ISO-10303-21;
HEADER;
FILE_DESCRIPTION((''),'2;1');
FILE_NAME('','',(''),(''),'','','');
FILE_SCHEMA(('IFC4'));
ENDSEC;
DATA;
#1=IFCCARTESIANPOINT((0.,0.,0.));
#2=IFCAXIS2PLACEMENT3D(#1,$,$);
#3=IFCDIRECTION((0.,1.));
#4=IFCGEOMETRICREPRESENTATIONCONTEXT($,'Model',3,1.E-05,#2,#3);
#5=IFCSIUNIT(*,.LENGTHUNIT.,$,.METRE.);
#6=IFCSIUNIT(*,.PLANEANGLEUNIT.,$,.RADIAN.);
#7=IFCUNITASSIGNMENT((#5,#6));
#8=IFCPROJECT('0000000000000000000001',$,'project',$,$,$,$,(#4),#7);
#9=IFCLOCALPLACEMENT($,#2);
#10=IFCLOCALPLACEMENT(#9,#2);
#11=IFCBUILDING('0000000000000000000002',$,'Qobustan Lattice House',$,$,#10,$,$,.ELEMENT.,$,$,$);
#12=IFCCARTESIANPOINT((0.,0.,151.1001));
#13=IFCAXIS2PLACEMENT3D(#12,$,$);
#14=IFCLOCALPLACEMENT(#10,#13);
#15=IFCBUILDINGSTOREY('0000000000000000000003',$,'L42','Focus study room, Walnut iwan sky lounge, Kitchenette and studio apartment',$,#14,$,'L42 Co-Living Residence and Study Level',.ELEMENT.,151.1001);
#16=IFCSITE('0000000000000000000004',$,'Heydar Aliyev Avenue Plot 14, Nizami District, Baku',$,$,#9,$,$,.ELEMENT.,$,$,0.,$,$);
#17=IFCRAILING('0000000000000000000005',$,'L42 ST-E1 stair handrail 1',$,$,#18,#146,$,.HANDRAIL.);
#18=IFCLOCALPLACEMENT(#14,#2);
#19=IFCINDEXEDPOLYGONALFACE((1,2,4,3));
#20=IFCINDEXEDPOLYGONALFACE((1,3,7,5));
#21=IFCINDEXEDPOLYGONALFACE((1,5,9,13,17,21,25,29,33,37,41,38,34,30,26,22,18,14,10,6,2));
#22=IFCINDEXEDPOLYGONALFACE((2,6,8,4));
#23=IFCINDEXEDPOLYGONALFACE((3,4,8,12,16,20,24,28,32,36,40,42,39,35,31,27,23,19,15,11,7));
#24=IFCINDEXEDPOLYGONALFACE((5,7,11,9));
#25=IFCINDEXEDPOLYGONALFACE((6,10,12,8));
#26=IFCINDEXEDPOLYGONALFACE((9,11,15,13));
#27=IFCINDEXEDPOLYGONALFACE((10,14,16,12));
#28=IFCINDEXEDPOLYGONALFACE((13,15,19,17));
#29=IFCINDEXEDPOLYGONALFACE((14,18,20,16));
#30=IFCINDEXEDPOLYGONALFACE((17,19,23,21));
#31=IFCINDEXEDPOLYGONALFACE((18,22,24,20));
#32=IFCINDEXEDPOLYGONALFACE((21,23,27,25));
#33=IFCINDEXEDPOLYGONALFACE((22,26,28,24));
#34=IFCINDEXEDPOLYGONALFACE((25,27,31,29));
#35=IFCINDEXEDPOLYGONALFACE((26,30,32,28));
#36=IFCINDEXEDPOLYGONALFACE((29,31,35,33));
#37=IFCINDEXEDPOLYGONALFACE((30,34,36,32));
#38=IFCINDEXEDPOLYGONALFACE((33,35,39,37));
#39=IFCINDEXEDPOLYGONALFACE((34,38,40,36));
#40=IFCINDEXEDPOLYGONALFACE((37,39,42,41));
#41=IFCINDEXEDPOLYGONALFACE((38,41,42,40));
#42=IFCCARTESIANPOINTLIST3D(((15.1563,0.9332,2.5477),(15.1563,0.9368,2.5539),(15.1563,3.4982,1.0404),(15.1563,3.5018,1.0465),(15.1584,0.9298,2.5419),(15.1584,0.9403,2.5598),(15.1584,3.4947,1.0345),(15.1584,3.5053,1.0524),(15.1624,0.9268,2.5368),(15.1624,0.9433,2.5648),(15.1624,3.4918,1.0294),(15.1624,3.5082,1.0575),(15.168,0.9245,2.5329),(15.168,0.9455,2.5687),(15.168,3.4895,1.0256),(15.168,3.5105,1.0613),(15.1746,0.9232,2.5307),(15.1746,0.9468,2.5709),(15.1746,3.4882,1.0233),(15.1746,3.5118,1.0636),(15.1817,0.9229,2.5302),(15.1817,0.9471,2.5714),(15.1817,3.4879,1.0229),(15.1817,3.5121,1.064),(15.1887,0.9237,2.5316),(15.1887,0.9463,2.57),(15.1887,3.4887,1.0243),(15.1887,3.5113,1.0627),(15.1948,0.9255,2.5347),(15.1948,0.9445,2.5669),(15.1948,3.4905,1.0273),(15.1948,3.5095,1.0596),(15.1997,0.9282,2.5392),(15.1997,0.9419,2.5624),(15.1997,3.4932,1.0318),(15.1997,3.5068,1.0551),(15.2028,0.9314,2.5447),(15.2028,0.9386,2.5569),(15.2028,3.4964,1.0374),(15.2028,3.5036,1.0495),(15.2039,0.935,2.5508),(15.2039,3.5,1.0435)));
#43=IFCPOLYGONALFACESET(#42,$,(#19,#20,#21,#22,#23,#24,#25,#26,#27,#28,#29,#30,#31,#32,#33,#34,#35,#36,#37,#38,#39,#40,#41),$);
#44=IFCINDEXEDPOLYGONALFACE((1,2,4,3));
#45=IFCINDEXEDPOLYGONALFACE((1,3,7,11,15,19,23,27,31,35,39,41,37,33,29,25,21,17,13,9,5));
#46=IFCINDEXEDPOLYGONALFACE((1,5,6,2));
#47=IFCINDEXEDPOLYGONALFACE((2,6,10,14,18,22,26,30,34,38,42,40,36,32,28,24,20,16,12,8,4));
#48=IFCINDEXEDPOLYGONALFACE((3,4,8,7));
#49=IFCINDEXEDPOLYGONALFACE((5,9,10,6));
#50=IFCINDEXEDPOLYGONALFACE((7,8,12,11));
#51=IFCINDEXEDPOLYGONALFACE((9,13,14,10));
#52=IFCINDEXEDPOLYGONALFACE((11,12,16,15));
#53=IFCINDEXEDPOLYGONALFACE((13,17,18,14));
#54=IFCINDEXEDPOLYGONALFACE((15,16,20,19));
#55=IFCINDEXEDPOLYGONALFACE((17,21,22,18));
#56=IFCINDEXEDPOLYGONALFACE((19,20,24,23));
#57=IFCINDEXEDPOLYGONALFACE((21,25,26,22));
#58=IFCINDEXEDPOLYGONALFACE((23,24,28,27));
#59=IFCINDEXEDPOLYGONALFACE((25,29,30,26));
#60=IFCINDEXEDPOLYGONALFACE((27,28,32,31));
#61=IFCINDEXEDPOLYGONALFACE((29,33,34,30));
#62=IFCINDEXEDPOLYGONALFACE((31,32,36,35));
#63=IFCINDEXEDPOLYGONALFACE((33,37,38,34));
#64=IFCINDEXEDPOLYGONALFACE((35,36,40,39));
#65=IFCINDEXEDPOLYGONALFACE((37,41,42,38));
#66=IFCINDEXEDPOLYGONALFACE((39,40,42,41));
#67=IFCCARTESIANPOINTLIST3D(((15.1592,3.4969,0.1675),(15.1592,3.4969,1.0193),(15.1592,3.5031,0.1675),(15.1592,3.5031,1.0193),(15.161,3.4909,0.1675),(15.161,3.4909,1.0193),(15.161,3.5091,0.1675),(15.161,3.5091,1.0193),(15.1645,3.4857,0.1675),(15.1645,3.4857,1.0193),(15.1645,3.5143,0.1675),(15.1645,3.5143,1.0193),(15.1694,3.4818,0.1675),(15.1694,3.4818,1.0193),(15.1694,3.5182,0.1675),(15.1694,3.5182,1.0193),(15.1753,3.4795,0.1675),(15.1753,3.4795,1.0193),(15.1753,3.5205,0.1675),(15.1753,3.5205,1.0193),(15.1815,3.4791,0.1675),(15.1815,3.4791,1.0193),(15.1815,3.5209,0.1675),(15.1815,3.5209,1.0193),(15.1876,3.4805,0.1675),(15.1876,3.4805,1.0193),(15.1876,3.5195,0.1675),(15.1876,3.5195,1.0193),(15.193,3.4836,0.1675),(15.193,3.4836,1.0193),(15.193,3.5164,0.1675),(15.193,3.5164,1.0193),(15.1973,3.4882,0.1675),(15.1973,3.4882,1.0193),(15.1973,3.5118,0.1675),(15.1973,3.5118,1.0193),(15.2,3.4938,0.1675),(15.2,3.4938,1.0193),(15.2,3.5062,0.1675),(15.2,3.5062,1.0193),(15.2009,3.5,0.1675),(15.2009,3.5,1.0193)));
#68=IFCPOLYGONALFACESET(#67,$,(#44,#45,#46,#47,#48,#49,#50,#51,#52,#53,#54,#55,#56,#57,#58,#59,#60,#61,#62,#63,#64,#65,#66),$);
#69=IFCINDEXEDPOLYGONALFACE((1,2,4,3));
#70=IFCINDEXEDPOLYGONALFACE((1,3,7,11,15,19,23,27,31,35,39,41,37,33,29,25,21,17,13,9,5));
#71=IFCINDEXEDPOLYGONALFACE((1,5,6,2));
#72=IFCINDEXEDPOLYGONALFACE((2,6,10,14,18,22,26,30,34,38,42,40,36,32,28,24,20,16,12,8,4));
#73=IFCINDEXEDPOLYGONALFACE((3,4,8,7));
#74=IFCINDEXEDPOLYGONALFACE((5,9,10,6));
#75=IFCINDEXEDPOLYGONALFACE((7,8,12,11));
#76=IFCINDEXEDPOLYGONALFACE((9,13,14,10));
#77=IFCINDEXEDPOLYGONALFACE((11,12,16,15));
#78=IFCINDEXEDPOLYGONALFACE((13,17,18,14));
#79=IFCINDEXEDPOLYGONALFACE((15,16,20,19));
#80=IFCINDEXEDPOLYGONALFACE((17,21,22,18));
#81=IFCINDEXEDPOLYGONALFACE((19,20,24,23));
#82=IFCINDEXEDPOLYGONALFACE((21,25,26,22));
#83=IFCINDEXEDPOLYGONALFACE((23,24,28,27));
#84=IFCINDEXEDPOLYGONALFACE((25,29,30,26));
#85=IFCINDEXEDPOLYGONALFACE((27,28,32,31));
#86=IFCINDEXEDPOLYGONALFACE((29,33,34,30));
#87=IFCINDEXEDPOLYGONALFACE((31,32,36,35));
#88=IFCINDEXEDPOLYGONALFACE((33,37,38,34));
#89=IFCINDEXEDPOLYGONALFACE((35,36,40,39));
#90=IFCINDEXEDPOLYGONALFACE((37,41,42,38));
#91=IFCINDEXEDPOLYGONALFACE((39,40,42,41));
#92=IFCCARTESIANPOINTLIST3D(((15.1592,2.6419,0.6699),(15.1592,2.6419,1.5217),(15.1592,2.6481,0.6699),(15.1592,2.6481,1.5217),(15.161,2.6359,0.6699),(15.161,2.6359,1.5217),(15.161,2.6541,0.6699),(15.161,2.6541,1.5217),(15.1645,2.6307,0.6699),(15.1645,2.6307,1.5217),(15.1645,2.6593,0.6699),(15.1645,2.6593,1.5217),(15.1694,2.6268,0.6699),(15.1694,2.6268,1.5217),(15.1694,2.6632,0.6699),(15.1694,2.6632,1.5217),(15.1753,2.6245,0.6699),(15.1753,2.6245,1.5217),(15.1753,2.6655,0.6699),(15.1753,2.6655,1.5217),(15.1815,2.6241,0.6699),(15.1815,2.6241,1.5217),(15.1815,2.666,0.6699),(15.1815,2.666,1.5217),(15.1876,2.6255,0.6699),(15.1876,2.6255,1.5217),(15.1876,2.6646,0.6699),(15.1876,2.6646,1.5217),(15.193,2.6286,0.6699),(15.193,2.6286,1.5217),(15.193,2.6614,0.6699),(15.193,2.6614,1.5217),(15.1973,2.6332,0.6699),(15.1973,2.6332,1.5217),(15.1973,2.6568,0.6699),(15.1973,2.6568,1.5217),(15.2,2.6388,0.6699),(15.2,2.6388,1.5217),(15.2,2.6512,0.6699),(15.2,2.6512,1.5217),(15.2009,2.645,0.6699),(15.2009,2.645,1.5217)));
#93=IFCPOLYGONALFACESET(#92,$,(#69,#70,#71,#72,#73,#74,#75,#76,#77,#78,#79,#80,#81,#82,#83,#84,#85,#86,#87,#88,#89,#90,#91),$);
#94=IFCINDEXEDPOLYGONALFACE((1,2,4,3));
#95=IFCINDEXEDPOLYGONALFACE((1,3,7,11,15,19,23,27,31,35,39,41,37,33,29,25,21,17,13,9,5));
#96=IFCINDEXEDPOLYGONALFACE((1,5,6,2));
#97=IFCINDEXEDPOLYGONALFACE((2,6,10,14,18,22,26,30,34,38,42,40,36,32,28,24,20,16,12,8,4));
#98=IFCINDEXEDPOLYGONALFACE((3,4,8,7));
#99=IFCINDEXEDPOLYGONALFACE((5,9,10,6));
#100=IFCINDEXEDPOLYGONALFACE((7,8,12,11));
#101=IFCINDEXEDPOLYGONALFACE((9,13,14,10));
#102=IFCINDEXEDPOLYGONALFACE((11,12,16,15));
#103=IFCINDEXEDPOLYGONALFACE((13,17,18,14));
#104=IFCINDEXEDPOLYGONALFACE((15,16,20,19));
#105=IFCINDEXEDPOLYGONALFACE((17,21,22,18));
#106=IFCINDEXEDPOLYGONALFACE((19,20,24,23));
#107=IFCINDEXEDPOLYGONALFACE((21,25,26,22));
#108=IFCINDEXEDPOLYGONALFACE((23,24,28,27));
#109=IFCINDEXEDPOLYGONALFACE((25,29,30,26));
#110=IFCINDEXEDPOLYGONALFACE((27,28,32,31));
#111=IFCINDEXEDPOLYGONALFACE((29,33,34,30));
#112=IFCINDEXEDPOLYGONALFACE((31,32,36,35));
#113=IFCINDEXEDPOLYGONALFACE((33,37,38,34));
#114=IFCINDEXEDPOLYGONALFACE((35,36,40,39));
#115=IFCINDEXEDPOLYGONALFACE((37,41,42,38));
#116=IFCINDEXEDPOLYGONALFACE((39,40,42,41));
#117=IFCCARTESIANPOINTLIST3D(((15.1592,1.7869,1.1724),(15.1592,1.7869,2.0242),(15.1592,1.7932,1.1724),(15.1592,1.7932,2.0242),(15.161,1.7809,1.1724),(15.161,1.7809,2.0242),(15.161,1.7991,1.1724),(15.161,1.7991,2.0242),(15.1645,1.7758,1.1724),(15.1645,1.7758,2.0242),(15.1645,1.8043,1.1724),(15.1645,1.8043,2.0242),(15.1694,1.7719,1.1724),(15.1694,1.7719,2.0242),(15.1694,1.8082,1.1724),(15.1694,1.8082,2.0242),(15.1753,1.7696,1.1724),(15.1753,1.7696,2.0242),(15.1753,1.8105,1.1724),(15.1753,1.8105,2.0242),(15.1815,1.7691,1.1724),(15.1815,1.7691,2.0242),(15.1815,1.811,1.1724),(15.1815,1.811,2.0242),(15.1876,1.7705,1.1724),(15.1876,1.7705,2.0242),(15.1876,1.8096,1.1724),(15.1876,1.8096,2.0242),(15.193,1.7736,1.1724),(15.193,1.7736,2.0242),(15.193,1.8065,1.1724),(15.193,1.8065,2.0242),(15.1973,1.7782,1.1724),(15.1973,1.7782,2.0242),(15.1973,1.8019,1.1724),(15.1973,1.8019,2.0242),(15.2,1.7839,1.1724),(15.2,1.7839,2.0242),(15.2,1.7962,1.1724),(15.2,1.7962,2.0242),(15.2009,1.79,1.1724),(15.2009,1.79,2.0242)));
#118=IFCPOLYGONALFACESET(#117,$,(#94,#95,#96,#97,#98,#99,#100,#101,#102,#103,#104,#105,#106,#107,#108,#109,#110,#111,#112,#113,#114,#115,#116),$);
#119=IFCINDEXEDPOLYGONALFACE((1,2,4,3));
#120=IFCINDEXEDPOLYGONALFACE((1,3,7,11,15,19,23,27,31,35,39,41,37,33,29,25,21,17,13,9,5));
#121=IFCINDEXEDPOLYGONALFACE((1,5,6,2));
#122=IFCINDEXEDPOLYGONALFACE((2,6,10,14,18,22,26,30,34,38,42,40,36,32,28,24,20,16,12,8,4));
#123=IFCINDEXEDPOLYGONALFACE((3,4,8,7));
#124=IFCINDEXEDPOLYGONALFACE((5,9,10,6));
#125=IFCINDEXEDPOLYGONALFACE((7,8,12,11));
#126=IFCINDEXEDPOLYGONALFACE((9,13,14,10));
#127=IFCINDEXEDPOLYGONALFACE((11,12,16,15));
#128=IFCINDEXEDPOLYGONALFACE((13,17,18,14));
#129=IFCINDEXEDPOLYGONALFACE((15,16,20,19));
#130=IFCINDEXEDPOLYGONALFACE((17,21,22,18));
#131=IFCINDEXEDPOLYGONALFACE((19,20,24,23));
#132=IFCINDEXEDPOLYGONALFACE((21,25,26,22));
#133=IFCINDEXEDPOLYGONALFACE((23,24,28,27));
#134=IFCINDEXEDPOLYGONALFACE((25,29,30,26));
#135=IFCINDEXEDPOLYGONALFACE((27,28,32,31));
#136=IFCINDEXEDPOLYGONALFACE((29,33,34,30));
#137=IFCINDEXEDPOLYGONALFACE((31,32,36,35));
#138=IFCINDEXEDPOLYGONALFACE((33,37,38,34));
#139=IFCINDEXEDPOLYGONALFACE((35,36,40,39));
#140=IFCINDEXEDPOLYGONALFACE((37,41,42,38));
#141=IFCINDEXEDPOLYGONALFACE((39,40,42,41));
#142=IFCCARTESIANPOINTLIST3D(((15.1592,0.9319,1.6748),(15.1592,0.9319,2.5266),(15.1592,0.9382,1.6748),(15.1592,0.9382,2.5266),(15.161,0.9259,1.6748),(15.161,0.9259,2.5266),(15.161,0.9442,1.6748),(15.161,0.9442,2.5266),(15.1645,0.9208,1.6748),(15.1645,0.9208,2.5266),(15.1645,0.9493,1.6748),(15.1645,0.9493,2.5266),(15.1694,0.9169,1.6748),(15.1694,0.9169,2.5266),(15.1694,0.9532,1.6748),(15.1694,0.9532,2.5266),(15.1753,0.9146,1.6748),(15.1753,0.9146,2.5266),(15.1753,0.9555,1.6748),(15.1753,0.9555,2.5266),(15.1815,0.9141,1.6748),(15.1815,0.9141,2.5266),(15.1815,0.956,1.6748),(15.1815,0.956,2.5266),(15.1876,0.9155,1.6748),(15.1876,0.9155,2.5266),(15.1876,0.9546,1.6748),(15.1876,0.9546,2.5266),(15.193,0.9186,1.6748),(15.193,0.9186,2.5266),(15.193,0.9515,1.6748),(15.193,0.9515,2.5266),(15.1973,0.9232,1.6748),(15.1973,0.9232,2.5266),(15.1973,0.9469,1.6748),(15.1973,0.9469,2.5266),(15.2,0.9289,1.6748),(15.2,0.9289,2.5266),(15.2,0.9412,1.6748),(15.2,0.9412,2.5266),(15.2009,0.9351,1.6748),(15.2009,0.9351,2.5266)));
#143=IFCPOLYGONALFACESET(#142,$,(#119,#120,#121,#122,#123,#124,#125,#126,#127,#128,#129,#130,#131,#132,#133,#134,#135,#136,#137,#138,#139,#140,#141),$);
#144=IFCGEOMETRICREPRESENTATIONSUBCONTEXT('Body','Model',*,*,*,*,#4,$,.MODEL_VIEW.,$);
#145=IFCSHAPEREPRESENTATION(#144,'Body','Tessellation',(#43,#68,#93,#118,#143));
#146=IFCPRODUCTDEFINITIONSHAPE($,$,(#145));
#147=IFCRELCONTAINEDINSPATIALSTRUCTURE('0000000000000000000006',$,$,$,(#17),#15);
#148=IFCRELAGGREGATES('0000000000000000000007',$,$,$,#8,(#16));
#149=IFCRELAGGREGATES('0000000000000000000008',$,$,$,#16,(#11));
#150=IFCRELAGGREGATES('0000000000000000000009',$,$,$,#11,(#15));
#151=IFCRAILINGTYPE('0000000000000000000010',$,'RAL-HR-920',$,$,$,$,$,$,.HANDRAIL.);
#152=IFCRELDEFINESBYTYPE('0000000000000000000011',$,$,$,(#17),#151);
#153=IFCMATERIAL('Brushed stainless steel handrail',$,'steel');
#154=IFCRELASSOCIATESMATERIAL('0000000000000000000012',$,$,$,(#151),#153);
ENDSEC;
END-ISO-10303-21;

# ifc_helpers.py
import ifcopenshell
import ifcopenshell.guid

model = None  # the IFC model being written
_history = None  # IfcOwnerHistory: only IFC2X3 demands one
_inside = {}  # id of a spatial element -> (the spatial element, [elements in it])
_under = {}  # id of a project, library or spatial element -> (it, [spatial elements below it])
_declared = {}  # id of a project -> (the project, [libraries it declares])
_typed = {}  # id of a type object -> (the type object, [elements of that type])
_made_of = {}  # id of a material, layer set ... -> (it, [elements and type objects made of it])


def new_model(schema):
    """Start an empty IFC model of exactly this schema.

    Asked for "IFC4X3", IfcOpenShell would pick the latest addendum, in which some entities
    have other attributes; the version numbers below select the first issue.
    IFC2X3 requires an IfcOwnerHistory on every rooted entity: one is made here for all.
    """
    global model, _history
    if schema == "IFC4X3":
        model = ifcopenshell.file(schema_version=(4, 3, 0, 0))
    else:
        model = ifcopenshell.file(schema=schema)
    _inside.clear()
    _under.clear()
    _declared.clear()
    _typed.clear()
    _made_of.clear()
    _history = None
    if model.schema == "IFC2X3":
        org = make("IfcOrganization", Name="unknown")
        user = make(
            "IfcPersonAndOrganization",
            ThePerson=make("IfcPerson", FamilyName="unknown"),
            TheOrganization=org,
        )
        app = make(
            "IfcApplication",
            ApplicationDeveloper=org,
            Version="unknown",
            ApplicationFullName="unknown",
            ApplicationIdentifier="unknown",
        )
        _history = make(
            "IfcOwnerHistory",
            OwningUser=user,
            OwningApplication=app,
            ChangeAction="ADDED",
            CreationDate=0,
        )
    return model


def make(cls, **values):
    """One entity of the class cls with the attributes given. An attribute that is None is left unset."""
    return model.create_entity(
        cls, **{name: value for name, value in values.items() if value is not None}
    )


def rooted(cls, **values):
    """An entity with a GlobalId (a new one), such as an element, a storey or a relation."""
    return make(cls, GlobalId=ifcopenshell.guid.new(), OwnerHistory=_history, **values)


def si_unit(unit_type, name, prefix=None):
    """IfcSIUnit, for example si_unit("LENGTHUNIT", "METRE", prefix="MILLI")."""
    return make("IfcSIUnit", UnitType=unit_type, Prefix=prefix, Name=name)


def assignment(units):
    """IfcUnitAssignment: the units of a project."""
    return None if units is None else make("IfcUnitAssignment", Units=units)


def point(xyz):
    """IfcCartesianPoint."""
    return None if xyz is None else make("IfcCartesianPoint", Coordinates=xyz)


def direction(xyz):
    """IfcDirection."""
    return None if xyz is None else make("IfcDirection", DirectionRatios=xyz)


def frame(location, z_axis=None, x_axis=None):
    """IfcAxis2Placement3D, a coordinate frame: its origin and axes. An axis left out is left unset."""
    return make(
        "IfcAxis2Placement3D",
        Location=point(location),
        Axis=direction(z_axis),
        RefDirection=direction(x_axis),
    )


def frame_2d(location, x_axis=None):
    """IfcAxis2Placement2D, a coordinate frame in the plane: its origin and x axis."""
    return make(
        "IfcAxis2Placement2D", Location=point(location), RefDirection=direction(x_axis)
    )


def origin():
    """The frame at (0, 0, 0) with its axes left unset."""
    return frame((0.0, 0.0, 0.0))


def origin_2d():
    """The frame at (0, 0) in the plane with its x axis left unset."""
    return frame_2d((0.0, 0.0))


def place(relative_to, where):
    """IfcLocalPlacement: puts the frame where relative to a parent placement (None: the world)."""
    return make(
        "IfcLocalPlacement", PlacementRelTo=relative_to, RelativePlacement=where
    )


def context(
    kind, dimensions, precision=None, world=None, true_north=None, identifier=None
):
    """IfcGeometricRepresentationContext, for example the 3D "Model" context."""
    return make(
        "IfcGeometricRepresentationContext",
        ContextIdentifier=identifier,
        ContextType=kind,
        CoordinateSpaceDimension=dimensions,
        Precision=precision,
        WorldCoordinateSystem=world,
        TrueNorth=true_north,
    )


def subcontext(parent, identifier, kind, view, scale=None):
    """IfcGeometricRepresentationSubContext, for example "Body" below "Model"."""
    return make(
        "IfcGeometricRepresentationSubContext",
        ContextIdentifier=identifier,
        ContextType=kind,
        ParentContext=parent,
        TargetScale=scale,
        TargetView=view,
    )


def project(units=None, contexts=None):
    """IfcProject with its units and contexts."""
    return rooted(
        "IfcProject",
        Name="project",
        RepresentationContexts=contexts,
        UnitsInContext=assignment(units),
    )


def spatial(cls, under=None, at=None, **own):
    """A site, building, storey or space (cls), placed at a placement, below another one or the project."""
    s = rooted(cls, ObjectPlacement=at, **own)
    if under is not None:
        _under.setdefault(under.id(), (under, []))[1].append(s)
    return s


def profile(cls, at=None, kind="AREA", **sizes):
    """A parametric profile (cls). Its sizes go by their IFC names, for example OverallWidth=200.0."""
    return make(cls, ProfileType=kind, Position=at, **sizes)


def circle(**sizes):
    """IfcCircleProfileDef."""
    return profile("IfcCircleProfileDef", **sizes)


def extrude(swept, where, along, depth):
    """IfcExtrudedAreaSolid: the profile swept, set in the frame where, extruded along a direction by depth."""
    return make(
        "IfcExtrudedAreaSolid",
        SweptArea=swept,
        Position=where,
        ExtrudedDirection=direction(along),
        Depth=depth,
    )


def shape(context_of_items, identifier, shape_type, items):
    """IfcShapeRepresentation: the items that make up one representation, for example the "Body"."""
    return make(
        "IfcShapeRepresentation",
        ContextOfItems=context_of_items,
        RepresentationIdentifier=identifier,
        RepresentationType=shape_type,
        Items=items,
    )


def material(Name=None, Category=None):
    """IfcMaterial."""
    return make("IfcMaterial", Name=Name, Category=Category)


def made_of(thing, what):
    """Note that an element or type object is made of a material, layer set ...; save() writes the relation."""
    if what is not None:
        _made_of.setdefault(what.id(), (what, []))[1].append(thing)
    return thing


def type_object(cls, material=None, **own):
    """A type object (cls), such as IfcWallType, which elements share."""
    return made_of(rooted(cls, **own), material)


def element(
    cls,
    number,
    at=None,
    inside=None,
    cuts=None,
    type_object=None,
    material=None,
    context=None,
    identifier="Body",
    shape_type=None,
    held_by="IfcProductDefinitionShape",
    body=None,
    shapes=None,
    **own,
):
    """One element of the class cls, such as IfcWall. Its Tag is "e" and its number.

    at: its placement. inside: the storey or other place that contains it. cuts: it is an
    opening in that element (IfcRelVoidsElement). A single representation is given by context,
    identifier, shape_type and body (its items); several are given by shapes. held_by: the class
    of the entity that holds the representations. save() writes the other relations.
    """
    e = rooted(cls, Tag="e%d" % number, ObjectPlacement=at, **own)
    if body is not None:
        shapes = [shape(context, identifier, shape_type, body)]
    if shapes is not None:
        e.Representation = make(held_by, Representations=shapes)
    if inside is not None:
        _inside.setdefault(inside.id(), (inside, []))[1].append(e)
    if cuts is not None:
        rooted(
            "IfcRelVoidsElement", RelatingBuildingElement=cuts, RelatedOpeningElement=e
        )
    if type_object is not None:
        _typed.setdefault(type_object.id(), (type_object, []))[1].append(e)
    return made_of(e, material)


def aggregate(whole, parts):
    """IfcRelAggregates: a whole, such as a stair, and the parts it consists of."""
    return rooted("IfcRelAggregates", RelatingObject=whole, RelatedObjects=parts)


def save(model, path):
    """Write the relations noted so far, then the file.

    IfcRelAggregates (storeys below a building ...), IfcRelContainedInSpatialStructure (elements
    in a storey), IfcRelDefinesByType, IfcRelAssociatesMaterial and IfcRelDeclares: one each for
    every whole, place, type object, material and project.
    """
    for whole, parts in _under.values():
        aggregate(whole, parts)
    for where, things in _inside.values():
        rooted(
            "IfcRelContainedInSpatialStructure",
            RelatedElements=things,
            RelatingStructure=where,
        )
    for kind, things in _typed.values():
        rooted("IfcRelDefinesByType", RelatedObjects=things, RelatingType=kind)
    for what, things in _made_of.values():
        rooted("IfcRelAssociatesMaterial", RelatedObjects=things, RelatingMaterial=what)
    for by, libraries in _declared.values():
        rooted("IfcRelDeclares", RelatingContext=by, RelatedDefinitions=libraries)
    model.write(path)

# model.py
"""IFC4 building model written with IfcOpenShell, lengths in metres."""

from ifc_helpers import new_model, si_unit, direction, frame, origin, origin_2d, place, context, subcontext, project, spatial, circle, extrude, material, type_object, element, save


model = new_model("IFC4")

# Units and contexts
model_context = context("Model", 3, precision=1e-05, world=origin(), true_north=direction((0.0, 1.0)))
body_context = subcontext(model_context, "Body", "Model", "MODEL_VIEW")
ifc_project = project(units=[si_unit("LENGTHUNIT", "METRE"), si_unit("PLANEANGLEUNIT", "RADIAN")], contexts=[model_context])

# Site, building, storey
site_placement = place(None, origin())
site = spatial("IfcSite", under=ifc_project, at=site_placement, Name="Heydar Aliyev Avenue Plot 14, Nizami District, Baku", CompositionType="ELEMENT", RefElevation=0.0)
building_placement = place(site_placement, origin())
building = spatial("IfcBuilding", under=site, at=building_placement, Name="Qobustan Lattice House", CompositionType="ELEMENT")
storey_placement = place(building_placement, frame((0.0, 0.0, 151.1001)))
storey = spatial("IfcBuildingStorey", under=building, at=storey_placement, Name="L42", Description="Focus study room, Walnut iwan sky lounge, Kitchenette and studio apartment", LongName="L42 Co-Living Residence and Study Level", CompositionType="ELEMENT", Elevation=151.1001)

# Railing
ifc_material_1 = material(Name="Brushed stainless steel handrail", Category="steel")
railing_type_1 = type_object("IfcRailingType", Name="RAL-HR-920", PredefinedType="HANDRAIL", material=ifc_material_1)
railing_1_placement = place(storey_placement, frame((15.1799, 3.5, 0.1675)))
element("IfcRailing", 1, at=railing_1_placement, inside=storey, type_object=railing_type_1, Name="L42 ST-E1 stair handrail 1", PredefinedType="HANDRAIL", context=body_context, shape_type="SweptSolid", body=[
    extrude(circle(Radius=0.0239, at=origin_2d()), frame((0.0, 0.0, 0.876), z_axis=(0.0, -0.862149, 0.506654), x_axis=(1.0, 0.0, 0.0)), (0.0, 0.0, 1.0), 2.9751),
    extrude(circle(Radius=0.021, at=origin_2d()), origin(), (0.0, 0.0, 1.0), 0.8518),
    extrude(circle(Radius=0.021, at=origin_2d()), frame((0.0, -0.855, 0.5024)), (0.0, 0.0, 1.0), 0.8518),
    extrude(circle(Radius=0.021, at=origin_2d()), frame((0.0, -1.71, 1.0049)), (0.0, 0.0, 1.0), 0.8518),
    extrude(circle(Radius=0.021, at=origin_2d()), frame((0.0, -2.5649, 1.5073)), (0.0, 0.0, 1.0), 0.8518),
])

save(model, "model.ifc")
